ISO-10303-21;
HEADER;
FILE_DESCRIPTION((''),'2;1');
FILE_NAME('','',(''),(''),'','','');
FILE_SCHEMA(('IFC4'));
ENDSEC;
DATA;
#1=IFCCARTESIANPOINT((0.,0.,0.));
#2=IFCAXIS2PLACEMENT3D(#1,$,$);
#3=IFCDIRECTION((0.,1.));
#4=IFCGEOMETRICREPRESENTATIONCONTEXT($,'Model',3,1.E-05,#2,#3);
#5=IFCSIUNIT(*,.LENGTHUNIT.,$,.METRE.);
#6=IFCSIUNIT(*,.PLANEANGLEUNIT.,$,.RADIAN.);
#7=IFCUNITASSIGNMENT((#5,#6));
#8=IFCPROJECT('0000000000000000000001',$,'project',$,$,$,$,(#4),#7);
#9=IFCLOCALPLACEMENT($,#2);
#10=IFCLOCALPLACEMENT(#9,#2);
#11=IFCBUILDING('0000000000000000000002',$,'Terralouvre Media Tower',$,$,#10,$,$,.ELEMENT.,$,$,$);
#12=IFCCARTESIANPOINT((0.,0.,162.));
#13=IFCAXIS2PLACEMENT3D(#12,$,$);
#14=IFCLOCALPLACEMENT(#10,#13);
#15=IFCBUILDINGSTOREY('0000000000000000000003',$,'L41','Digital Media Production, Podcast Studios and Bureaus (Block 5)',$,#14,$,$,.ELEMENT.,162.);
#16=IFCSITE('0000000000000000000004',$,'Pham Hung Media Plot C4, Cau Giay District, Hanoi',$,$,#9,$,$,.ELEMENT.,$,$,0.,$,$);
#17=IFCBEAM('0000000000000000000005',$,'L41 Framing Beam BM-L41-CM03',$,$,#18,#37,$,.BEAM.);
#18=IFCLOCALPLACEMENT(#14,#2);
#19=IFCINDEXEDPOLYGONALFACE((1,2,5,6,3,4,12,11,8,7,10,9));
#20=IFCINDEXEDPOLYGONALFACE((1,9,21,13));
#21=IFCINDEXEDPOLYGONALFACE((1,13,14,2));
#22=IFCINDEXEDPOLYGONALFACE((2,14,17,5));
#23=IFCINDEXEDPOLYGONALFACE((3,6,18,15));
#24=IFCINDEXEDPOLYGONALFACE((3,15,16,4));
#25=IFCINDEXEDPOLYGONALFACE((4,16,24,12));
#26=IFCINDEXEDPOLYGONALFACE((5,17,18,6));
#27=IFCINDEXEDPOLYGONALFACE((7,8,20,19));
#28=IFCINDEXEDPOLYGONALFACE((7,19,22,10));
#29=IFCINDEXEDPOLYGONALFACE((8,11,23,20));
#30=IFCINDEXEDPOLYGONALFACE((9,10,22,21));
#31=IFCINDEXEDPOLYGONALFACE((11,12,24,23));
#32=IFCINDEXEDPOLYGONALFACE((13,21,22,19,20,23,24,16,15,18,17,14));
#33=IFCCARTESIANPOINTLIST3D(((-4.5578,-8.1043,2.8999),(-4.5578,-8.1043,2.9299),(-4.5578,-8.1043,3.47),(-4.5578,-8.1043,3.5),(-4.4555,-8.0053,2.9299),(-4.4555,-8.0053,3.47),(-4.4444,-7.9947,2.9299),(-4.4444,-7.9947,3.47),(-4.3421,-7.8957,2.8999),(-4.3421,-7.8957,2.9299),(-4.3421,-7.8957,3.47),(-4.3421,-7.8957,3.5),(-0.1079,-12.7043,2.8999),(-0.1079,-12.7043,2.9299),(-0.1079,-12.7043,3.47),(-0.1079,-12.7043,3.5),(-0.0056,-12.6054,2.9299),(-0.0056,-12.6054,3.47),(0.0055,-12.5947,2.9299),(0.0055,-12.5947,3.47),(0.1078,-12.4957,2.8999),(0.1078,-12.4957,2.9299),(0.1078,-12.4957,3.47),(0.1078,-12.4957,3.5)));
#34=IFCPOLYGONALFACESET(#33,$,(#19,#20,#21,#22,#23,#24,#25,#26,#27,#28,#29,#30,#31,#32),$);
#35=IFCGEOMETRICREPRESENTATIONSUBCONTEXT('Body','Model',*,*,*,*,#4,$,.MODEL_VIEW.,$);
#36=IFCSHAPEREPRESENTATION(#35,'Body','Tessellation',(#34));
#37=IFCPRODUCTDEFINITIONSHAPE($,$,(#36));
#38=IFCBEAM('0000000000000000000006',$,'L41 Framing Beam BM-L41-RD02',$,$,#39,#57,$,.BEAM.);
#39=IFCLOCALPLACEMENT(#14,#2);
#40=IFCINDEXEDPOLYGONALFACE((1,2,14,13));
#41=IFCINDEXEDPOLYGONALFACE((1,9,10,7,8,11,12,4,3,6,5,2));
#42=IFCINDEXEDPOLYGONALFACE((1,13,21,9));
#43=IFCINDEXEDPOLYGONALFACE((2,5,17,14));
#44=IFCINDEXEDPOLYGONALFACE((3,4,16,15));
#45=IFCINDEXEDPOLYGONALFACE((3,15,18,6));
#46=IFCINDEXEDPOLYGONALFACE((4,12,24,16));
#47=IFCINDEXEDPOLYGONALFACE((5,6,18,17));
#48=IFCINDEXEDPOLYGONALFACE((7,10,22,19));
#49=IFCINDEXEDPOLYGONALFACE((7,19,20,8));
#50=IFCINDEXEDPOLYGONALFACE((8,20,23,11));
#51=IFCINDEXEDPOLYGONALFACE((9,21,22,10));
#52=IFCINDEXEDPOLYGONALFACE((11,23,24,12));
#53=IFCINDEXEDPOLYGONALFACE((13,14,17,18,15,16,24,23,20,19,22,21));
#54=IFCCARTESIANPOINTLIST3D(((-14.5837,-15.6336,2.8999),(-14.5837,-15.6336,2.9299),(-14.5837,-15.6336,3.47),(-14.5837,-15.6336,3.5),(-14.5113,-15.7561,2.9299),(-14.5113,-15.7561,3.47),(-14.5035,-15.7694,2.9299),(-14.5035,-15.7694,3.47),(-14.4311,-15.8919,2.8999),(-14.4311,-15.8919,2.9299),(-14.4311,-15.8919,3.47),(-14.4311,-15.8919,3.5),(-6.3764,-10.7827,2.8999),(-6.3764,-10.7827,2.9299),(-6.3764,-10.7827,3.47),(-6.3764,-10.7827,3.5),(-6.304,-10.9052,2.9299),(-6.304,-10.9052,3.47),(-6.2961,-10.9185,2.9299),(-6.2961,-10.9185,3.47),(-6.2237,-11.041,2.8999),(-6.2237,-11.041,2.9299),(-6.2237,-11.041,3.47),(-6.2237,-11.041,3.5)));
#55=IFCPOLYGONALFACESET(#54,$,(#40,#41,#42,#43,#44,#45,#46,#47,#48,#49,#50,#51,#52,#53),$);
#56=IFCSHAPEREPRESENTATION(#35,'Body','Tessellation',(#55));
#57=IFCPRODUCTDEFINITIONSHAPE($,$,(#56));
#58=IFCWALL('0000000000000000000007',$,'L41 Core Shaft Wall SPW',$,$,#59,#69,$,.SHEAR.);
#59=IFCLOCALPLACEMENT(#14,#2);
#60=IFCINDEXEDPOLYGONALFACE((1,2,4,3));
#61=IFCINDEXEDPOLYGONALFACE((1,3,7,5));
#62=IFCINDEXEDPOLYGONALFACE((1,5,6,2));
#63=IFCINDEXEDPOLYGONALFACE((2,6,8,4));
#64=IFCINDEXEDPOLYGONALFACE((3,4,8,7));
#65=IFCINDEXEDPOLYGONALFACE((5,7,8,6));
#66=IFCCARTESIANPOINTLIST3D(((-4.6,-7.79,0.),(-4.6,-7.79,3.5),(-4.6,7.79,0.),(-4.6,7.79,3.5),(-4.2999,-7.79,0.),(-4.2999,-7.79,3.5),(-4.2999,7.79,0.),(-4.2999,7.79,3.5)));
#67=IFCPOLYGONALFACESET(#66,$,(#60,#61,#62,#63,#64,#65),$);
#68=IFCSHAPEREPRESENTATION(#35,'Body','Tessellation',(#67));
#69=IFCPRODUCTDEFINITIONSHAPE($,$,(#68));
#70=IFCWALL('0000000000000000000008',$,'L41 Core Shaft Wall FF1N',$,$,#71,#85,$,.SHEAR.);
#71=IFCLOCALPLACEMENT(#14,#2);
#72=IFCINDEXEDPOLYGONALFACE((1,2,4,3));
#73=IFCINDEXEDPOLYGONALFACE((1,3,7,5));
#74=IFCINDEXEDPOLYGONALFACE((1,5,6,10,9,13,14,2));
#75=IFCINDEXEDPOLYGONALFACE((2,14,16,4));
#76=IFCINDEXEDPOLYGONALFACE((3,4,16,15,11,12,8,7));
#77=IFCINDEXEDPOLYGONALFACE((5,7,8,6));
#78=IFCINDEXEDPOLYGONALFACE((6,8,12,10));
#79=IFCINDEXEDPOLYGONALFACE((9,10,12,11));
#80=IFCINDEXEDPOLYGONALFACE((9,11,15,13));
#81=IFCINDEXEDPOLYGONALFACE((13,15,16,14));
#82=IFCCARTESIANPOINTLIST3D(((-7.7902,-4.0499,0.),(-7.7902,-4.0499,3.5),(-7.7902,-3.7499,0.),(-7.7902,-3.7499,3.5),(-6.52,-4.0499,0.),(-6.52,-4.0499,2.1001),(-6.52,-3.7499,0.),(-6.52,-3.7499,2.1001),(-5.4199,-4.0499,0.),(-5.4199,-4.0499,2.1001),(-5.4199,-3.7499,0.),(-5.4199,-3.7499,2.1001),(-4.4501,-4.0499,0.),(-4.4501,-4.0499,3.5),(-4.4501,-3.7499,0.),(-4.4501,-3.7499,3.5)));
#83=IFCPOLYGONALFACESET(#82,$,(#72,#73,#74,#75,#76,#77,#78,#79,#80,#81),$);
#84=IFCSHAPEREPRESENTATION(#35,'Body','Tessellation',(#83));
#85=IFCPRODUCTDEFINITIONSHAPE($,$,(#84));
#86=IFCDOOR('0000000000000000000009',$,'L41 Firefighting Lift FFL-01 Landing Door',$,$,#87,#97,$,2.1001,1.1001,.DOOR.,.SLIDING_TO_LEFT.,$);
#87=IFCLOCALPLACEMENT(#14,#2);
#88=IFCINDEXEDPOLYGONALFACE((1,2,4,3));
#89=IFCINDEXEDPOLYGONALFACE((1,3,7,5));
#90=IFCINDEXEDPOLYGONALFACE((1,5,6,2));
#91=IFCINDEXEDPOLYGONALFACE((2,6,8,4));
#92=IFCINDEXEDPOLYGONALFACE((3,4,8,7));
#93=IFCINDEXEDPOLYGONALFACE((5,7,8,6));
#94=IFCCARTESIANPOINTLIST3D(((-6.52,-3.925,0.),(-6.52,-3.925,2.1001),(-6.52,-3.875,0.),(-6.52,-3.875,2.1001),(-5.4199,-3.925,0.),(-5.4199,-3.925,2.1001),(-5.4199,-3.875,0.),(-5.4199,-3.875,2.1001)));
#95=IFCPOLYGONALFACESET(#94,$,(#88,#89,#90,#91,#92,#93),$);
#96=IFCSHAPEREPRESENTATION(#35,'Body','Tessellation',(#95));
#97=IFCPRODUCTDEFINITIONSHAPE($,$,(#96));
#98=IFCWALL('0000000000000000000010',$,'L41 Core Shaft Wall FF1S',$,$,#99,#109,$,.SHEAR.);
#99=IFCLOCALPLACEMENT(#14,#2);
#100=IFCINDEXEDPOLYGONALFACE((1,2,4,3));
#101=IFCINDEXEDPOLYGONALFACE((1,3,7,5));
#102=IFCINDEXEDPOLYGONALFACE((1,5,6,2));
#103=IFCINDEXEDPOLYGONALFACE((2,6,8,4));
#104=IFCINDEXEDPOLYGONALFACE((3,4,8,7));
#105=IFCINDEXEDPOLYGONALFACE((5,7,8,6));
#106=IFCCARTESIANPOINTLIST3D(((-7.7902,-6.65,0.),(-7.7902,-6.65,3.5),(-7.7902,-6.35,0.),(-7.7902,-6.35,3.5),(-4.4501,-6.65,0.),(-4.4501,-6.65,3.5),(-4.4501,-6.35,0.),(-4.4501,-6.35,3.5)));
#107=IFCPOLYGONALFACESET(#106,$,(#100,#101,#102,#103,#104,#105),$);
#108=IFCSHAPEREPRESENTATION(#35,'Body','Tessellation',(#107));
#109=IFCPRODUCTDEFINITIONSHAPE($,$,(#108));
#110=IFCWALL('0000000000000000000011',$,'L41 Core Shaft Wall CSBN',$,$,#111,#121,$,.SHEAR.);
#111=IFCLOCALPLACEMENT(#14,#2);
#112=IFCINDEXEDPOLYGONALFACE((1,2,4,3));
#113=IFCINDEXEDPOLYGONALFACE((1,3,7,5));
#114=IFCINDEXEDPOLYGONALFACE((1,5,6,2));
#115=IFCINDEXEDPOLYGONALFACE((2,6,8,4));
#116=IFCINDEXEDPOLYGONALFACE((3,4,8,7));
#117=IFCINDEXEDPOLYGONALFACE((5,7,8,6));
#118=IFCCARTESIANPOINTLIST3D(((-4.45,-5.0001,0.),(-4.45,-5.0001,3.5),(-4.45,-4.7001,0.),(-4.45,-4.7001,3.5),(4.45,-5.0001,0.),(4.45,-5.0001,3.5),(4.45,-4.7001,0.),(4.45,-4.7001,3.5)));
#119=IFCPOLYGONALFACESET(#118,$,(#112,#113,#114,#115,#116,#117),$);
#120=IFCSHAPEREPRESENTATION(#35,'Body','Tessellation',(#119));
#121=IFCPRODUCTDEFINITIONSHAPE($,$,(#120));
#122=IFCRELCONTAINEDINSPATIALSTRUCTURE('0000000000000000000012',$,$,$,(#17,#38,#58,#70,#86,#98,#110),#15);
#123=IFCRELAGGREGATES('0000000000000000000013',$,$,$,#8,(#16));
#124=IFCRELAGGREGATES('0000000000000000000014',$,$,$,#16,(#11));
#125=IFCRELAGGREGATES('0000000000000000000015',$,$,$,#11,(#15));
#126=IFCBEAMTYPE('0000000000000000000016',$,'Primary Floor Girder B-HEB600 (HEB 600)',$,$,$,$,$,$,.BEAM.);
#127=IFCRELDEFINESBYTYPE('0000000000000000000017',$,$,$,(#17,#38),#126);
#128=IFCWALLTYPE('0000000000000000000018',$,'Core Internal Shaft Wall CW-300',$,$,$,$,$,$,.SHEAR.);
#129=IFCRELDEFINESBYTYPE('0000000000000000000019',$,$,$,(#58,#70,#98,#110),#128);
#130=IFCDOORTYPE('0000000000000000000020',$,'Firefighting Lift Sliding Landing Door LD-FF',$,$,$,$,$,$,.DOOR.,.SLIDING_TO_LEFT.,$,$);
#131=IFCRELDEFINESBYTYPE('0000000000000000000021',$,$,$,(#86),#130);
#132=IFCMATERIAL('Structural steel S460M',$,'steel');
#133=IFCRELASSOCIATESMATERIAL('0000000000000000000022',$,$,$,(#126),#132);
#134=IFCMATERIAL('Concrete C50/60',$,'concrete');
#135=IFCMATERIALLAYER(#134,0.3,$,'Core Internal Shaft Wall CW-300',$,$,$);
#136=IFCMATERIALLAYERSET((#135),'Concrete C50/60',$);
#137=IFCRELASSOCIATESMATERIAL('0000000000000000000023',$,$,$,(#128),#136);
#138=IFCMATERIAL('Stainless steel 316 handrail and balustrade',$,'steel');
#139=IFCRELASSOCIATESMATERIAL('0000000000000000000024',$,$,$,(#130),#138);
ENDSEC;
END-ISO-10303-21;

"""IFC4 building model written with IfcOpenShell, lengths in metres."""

from ifc_helpers import new_model, si_unit, direction, frame, frame_2d, origin, origin_2d, place, context, subcontext, project, spatial, rectangle, i_section, extrude, material, layer, layer_set, material_profile, profile_set, type_object, element, fill, save


model = new_model("IFC4")

# Units and contexts
model_context = context("Model", 3, precision=1e-05, world=origin(), true_north=direction((0.0, 1.0)))
body_context = subcontext(model_context, "Body", "Model", "MODEL_VIEW")
ifc_project = project(units=[si_unit("LENGTHUNIT", "METRE"), si_unit("PLANEANGLEUNIT", "RADIAN")], contexts=[model_context])

# Site, building, storey
site_placement = place(None, origin())
site = spatial("IfcSite", under=ifc_project, at=site_placement, Name="Pham Hung Media Plot C4, Cau Giay District, Hanoi", CompositionType="ELEMENT", RefElevation=0.0)
building_placement = place(site_placement, origin())
building = spatial("IfcBuilding", under=site, at=building_placement, Name="Terralouvre Media Tower", CompositionType="ELEMENT")
storey_placement = place(building_placement, frame((0.0, 0.0, 162.0)))
storey = spatial("IfcBuildingStorey", under=building, at=storey_placement, Name="L41", Description="Digital Media Production, Podcast Studios and Bureaus (Block 5)", CompositionType="ELEMENT", Elevation=162.0)

# Beams
ifc_material_1 = material(Name="Structural steel S460M", Category="steel")
ifc_material_profile_1 = material_profile(ifc_material_1, i_section(OverallWidth=0.3, OverallDepth=0.6001, WebThickness=0.0154, FlangeThickness=0.03, at=origin_2d()), Name="HEB 600")
ifc_profile_set_1 = profile_set([ifc_material_profile_1], Name="Structural steel S460M")
beam_type = type_object("IfcBeamType", Name="Primary Floor Girder B-HEB600 (HEB 600)", PredefinedType="BEAM", material=ifc_profile_set_1)
beam_1_placement = place(storey_placement, frame((-4.45, -8.0, 3.2), z_axis=(0.69528, -0.718739, 0.0), x_axis=(0.718739, 0.69528, 0.0)))
element("IfcBeam", 1, at=beam_1_placement, inside=storey, type_object=beam_type, Name="L41 Framing Beam BM-L41-CM03", PredefinedType="BEAM", context=body_context, shape_type="SweptSolid", body=[
    extrude(i_section(OverallWidth=0.3, OverallDepth=0.6001, WebThickness=0.0154, FlangeThickness=0.03, at=origin_2d()), origin(), (0.0, 0.0, 1.0), 6.4001),
])
beam_2_placement = place(storey_placement, frame((-6.3, -10.9119, 3.2), z_axis=(-0.860877, -0.508813, 0.0), x_axis=(0.508813, -0.860877, 0.0)))
element("IfcBeam", 2, at=beam_2_placement, inside=storey, type_object=beam_type, Name="L41 Framing Beam BM-L41-RD02", PredefinedType="BEAM", context=body_context, shape_type="SweptSolid", body=[
    extrude(i_section(OverallWidth=0.3, OverallDepth=0.6001, WebThickness=0.0154, FlangeThickness=0.03, at=origin_2d()), origin(), (0.0, 0.0, 1.0), 9.5337),
])

# Wall
ifc_material_2 = material(Name="Concrete C50/60", Category="concrete")
ifc_layer_1 = layer(ifc_material_2, 0.3, Name="Core Internal Shaft Wall CW-300")
ifc_layer_set_1 = layer_set([ifc_layer_1], Name="Concrete C50/60")
wall_type_1 = type_object("IfcWallType", Name="Core Internal Shaft Wall CW-300", PredefinedType="SHEAR", material=ifc_layer_set_1)
wall_1_placement = place(storey_placement, frame((-4.45, -7.79, 0.0), z_axis=(0.0, 0.0, 1.0), x_axis=(0.0, 1.0, 0.0)))
element("IfcWall", 3, at=wall_1_placement, inside=storey, type_object=wall_type_1, Name="L41 Core Shaft Wall SPW", PredefinedType="SHEAR", context=body_context, shape_type="SweptSolid", body=[
    extrude(rectangle(XDim=15.5801, YDim=0.3, at=frame_2d((7.79, 0.0))), origin(), (0.0, 0.0, 1.0), 3.5),
])

# Wall, opening, door
wall_2_placement = place(storey_placement, frame((-7.79, -3.8999, 0.0), z_axis=(0.0, 0.0, 1.0), x_axis=(1.0, 0.0, 0.0)))
wall_2 = element("IfcWall", 4, at=wall_2_placement, inside=storey, type_object=wall_type_1, Name="L41 Core Shaft Wall FF1N", PredefinedType="SHEAR", context=body_context, shape_type="SweptSolid", body=[
    extrude(rectangle(XDim=3.3401, YDim=0.3, at=frame_2d((1.6699, 0.0))), origin(), (0.0, 0.0, 1.0), 3.5),
])
opening_1_placement = place(wall_2_placement, frame((1.27, 0.0, 0.0)))
opening_1 = element("IfcOpeningElement", 5, at=opening_1_placement, cuts=wall_2, PredefinedType="OPENING", context=body_context, shape_type="SweptSolid", body=[
    extrude(rectangle(XDim=1.1001, YDim=2.1001, at=frame_2d((0.55, 1.05))), frame((0.0, 0.1599, 0.0), z_axis=(0.0, -1.0, 0.0), x_axis=(1.0, 0.0, 0.0)), (0.0, 0.0, 1.0), 0.3201),
])
ifc_material_3 = material(Name="Stainless steel 316 handrail and balustrade", Category="steel")
door_type_1 = type_object("IfcDoorType", Name="Firefighting Lift Sliding Landing Door LD-FF", OperationType="SLIDING_TO_LEFT", PredefinedType="DOOR", material=ifc_material_3)
door_1_placement = place(opening_1_placement, origin())
door_1 = element("IfcDoor", 6, at=door_1_placement, inside=storey, type_object=door_type_1, Name="L41 Firefighting Lift FFL-01 Landing Door", OperationType="SLIDING_TO_LEFT", OverallHeight=2.1001, OverallWidth=1.1001, PredefinedType="DOOR", context=body_context, shape_type="SweptSolid", body=[
    extrude(rectangle(XDim=1.1001, YDim=2.1001, at=frame_2d((0.55, 1.05))), frame((0.0, 0.0249, 0.0), z_axis=(0.0, -1.0, 0.0), x_axis=(1.0, 0.0, 0.0)), (0.0, 0.0, 1.0), 0.05),
])
fill(opening_1, door_1)

# Walls
wall_3_placement = place(storey_placement, frame((-7.79, -6.5, 0.0), z_axis=(0.0, 0.0, 1.0), x_axis=(1.0, 0.0, 0.0)))
element("IfcWall", 7, at=wall_3_placement, inside=storey, type_object=wall_type_1, Name="L41 Core Shaft Wall FF1S", PredefinedType="SHEAR", context=body_context, shape_type="SweptSolid", body=[
    extrude(rectangle(XDim=3.3401, YDim=0.3, at=frame_2d((1.6699, 0.0))), origin(), (0.0, 0.0, 1.0), 3.5),
])
wall_4_placement = place(storey_placement, frame((-4.45, -4.8501, 0.0), z_axis=(0.0, 0.0, 1.0), x_axis=(1.0, 0.0, 0.0)))
element("IfcWall", 8, at=wall_4_placement, inside=storey, type_object=wall_type_1, Name="L41 Core Shaft Wall CSBN", PredefinedType="SHEAR", context=body_context, shape_type="SweptSolid", body=[
    extrude(rectangle(XDim=8.8999, YDim=0.3, at=frame_2d((4.45, 0.0))), origin(), (0.0, 0.0, 1.0), 3.5),
])

save(model, "model.ifc")
